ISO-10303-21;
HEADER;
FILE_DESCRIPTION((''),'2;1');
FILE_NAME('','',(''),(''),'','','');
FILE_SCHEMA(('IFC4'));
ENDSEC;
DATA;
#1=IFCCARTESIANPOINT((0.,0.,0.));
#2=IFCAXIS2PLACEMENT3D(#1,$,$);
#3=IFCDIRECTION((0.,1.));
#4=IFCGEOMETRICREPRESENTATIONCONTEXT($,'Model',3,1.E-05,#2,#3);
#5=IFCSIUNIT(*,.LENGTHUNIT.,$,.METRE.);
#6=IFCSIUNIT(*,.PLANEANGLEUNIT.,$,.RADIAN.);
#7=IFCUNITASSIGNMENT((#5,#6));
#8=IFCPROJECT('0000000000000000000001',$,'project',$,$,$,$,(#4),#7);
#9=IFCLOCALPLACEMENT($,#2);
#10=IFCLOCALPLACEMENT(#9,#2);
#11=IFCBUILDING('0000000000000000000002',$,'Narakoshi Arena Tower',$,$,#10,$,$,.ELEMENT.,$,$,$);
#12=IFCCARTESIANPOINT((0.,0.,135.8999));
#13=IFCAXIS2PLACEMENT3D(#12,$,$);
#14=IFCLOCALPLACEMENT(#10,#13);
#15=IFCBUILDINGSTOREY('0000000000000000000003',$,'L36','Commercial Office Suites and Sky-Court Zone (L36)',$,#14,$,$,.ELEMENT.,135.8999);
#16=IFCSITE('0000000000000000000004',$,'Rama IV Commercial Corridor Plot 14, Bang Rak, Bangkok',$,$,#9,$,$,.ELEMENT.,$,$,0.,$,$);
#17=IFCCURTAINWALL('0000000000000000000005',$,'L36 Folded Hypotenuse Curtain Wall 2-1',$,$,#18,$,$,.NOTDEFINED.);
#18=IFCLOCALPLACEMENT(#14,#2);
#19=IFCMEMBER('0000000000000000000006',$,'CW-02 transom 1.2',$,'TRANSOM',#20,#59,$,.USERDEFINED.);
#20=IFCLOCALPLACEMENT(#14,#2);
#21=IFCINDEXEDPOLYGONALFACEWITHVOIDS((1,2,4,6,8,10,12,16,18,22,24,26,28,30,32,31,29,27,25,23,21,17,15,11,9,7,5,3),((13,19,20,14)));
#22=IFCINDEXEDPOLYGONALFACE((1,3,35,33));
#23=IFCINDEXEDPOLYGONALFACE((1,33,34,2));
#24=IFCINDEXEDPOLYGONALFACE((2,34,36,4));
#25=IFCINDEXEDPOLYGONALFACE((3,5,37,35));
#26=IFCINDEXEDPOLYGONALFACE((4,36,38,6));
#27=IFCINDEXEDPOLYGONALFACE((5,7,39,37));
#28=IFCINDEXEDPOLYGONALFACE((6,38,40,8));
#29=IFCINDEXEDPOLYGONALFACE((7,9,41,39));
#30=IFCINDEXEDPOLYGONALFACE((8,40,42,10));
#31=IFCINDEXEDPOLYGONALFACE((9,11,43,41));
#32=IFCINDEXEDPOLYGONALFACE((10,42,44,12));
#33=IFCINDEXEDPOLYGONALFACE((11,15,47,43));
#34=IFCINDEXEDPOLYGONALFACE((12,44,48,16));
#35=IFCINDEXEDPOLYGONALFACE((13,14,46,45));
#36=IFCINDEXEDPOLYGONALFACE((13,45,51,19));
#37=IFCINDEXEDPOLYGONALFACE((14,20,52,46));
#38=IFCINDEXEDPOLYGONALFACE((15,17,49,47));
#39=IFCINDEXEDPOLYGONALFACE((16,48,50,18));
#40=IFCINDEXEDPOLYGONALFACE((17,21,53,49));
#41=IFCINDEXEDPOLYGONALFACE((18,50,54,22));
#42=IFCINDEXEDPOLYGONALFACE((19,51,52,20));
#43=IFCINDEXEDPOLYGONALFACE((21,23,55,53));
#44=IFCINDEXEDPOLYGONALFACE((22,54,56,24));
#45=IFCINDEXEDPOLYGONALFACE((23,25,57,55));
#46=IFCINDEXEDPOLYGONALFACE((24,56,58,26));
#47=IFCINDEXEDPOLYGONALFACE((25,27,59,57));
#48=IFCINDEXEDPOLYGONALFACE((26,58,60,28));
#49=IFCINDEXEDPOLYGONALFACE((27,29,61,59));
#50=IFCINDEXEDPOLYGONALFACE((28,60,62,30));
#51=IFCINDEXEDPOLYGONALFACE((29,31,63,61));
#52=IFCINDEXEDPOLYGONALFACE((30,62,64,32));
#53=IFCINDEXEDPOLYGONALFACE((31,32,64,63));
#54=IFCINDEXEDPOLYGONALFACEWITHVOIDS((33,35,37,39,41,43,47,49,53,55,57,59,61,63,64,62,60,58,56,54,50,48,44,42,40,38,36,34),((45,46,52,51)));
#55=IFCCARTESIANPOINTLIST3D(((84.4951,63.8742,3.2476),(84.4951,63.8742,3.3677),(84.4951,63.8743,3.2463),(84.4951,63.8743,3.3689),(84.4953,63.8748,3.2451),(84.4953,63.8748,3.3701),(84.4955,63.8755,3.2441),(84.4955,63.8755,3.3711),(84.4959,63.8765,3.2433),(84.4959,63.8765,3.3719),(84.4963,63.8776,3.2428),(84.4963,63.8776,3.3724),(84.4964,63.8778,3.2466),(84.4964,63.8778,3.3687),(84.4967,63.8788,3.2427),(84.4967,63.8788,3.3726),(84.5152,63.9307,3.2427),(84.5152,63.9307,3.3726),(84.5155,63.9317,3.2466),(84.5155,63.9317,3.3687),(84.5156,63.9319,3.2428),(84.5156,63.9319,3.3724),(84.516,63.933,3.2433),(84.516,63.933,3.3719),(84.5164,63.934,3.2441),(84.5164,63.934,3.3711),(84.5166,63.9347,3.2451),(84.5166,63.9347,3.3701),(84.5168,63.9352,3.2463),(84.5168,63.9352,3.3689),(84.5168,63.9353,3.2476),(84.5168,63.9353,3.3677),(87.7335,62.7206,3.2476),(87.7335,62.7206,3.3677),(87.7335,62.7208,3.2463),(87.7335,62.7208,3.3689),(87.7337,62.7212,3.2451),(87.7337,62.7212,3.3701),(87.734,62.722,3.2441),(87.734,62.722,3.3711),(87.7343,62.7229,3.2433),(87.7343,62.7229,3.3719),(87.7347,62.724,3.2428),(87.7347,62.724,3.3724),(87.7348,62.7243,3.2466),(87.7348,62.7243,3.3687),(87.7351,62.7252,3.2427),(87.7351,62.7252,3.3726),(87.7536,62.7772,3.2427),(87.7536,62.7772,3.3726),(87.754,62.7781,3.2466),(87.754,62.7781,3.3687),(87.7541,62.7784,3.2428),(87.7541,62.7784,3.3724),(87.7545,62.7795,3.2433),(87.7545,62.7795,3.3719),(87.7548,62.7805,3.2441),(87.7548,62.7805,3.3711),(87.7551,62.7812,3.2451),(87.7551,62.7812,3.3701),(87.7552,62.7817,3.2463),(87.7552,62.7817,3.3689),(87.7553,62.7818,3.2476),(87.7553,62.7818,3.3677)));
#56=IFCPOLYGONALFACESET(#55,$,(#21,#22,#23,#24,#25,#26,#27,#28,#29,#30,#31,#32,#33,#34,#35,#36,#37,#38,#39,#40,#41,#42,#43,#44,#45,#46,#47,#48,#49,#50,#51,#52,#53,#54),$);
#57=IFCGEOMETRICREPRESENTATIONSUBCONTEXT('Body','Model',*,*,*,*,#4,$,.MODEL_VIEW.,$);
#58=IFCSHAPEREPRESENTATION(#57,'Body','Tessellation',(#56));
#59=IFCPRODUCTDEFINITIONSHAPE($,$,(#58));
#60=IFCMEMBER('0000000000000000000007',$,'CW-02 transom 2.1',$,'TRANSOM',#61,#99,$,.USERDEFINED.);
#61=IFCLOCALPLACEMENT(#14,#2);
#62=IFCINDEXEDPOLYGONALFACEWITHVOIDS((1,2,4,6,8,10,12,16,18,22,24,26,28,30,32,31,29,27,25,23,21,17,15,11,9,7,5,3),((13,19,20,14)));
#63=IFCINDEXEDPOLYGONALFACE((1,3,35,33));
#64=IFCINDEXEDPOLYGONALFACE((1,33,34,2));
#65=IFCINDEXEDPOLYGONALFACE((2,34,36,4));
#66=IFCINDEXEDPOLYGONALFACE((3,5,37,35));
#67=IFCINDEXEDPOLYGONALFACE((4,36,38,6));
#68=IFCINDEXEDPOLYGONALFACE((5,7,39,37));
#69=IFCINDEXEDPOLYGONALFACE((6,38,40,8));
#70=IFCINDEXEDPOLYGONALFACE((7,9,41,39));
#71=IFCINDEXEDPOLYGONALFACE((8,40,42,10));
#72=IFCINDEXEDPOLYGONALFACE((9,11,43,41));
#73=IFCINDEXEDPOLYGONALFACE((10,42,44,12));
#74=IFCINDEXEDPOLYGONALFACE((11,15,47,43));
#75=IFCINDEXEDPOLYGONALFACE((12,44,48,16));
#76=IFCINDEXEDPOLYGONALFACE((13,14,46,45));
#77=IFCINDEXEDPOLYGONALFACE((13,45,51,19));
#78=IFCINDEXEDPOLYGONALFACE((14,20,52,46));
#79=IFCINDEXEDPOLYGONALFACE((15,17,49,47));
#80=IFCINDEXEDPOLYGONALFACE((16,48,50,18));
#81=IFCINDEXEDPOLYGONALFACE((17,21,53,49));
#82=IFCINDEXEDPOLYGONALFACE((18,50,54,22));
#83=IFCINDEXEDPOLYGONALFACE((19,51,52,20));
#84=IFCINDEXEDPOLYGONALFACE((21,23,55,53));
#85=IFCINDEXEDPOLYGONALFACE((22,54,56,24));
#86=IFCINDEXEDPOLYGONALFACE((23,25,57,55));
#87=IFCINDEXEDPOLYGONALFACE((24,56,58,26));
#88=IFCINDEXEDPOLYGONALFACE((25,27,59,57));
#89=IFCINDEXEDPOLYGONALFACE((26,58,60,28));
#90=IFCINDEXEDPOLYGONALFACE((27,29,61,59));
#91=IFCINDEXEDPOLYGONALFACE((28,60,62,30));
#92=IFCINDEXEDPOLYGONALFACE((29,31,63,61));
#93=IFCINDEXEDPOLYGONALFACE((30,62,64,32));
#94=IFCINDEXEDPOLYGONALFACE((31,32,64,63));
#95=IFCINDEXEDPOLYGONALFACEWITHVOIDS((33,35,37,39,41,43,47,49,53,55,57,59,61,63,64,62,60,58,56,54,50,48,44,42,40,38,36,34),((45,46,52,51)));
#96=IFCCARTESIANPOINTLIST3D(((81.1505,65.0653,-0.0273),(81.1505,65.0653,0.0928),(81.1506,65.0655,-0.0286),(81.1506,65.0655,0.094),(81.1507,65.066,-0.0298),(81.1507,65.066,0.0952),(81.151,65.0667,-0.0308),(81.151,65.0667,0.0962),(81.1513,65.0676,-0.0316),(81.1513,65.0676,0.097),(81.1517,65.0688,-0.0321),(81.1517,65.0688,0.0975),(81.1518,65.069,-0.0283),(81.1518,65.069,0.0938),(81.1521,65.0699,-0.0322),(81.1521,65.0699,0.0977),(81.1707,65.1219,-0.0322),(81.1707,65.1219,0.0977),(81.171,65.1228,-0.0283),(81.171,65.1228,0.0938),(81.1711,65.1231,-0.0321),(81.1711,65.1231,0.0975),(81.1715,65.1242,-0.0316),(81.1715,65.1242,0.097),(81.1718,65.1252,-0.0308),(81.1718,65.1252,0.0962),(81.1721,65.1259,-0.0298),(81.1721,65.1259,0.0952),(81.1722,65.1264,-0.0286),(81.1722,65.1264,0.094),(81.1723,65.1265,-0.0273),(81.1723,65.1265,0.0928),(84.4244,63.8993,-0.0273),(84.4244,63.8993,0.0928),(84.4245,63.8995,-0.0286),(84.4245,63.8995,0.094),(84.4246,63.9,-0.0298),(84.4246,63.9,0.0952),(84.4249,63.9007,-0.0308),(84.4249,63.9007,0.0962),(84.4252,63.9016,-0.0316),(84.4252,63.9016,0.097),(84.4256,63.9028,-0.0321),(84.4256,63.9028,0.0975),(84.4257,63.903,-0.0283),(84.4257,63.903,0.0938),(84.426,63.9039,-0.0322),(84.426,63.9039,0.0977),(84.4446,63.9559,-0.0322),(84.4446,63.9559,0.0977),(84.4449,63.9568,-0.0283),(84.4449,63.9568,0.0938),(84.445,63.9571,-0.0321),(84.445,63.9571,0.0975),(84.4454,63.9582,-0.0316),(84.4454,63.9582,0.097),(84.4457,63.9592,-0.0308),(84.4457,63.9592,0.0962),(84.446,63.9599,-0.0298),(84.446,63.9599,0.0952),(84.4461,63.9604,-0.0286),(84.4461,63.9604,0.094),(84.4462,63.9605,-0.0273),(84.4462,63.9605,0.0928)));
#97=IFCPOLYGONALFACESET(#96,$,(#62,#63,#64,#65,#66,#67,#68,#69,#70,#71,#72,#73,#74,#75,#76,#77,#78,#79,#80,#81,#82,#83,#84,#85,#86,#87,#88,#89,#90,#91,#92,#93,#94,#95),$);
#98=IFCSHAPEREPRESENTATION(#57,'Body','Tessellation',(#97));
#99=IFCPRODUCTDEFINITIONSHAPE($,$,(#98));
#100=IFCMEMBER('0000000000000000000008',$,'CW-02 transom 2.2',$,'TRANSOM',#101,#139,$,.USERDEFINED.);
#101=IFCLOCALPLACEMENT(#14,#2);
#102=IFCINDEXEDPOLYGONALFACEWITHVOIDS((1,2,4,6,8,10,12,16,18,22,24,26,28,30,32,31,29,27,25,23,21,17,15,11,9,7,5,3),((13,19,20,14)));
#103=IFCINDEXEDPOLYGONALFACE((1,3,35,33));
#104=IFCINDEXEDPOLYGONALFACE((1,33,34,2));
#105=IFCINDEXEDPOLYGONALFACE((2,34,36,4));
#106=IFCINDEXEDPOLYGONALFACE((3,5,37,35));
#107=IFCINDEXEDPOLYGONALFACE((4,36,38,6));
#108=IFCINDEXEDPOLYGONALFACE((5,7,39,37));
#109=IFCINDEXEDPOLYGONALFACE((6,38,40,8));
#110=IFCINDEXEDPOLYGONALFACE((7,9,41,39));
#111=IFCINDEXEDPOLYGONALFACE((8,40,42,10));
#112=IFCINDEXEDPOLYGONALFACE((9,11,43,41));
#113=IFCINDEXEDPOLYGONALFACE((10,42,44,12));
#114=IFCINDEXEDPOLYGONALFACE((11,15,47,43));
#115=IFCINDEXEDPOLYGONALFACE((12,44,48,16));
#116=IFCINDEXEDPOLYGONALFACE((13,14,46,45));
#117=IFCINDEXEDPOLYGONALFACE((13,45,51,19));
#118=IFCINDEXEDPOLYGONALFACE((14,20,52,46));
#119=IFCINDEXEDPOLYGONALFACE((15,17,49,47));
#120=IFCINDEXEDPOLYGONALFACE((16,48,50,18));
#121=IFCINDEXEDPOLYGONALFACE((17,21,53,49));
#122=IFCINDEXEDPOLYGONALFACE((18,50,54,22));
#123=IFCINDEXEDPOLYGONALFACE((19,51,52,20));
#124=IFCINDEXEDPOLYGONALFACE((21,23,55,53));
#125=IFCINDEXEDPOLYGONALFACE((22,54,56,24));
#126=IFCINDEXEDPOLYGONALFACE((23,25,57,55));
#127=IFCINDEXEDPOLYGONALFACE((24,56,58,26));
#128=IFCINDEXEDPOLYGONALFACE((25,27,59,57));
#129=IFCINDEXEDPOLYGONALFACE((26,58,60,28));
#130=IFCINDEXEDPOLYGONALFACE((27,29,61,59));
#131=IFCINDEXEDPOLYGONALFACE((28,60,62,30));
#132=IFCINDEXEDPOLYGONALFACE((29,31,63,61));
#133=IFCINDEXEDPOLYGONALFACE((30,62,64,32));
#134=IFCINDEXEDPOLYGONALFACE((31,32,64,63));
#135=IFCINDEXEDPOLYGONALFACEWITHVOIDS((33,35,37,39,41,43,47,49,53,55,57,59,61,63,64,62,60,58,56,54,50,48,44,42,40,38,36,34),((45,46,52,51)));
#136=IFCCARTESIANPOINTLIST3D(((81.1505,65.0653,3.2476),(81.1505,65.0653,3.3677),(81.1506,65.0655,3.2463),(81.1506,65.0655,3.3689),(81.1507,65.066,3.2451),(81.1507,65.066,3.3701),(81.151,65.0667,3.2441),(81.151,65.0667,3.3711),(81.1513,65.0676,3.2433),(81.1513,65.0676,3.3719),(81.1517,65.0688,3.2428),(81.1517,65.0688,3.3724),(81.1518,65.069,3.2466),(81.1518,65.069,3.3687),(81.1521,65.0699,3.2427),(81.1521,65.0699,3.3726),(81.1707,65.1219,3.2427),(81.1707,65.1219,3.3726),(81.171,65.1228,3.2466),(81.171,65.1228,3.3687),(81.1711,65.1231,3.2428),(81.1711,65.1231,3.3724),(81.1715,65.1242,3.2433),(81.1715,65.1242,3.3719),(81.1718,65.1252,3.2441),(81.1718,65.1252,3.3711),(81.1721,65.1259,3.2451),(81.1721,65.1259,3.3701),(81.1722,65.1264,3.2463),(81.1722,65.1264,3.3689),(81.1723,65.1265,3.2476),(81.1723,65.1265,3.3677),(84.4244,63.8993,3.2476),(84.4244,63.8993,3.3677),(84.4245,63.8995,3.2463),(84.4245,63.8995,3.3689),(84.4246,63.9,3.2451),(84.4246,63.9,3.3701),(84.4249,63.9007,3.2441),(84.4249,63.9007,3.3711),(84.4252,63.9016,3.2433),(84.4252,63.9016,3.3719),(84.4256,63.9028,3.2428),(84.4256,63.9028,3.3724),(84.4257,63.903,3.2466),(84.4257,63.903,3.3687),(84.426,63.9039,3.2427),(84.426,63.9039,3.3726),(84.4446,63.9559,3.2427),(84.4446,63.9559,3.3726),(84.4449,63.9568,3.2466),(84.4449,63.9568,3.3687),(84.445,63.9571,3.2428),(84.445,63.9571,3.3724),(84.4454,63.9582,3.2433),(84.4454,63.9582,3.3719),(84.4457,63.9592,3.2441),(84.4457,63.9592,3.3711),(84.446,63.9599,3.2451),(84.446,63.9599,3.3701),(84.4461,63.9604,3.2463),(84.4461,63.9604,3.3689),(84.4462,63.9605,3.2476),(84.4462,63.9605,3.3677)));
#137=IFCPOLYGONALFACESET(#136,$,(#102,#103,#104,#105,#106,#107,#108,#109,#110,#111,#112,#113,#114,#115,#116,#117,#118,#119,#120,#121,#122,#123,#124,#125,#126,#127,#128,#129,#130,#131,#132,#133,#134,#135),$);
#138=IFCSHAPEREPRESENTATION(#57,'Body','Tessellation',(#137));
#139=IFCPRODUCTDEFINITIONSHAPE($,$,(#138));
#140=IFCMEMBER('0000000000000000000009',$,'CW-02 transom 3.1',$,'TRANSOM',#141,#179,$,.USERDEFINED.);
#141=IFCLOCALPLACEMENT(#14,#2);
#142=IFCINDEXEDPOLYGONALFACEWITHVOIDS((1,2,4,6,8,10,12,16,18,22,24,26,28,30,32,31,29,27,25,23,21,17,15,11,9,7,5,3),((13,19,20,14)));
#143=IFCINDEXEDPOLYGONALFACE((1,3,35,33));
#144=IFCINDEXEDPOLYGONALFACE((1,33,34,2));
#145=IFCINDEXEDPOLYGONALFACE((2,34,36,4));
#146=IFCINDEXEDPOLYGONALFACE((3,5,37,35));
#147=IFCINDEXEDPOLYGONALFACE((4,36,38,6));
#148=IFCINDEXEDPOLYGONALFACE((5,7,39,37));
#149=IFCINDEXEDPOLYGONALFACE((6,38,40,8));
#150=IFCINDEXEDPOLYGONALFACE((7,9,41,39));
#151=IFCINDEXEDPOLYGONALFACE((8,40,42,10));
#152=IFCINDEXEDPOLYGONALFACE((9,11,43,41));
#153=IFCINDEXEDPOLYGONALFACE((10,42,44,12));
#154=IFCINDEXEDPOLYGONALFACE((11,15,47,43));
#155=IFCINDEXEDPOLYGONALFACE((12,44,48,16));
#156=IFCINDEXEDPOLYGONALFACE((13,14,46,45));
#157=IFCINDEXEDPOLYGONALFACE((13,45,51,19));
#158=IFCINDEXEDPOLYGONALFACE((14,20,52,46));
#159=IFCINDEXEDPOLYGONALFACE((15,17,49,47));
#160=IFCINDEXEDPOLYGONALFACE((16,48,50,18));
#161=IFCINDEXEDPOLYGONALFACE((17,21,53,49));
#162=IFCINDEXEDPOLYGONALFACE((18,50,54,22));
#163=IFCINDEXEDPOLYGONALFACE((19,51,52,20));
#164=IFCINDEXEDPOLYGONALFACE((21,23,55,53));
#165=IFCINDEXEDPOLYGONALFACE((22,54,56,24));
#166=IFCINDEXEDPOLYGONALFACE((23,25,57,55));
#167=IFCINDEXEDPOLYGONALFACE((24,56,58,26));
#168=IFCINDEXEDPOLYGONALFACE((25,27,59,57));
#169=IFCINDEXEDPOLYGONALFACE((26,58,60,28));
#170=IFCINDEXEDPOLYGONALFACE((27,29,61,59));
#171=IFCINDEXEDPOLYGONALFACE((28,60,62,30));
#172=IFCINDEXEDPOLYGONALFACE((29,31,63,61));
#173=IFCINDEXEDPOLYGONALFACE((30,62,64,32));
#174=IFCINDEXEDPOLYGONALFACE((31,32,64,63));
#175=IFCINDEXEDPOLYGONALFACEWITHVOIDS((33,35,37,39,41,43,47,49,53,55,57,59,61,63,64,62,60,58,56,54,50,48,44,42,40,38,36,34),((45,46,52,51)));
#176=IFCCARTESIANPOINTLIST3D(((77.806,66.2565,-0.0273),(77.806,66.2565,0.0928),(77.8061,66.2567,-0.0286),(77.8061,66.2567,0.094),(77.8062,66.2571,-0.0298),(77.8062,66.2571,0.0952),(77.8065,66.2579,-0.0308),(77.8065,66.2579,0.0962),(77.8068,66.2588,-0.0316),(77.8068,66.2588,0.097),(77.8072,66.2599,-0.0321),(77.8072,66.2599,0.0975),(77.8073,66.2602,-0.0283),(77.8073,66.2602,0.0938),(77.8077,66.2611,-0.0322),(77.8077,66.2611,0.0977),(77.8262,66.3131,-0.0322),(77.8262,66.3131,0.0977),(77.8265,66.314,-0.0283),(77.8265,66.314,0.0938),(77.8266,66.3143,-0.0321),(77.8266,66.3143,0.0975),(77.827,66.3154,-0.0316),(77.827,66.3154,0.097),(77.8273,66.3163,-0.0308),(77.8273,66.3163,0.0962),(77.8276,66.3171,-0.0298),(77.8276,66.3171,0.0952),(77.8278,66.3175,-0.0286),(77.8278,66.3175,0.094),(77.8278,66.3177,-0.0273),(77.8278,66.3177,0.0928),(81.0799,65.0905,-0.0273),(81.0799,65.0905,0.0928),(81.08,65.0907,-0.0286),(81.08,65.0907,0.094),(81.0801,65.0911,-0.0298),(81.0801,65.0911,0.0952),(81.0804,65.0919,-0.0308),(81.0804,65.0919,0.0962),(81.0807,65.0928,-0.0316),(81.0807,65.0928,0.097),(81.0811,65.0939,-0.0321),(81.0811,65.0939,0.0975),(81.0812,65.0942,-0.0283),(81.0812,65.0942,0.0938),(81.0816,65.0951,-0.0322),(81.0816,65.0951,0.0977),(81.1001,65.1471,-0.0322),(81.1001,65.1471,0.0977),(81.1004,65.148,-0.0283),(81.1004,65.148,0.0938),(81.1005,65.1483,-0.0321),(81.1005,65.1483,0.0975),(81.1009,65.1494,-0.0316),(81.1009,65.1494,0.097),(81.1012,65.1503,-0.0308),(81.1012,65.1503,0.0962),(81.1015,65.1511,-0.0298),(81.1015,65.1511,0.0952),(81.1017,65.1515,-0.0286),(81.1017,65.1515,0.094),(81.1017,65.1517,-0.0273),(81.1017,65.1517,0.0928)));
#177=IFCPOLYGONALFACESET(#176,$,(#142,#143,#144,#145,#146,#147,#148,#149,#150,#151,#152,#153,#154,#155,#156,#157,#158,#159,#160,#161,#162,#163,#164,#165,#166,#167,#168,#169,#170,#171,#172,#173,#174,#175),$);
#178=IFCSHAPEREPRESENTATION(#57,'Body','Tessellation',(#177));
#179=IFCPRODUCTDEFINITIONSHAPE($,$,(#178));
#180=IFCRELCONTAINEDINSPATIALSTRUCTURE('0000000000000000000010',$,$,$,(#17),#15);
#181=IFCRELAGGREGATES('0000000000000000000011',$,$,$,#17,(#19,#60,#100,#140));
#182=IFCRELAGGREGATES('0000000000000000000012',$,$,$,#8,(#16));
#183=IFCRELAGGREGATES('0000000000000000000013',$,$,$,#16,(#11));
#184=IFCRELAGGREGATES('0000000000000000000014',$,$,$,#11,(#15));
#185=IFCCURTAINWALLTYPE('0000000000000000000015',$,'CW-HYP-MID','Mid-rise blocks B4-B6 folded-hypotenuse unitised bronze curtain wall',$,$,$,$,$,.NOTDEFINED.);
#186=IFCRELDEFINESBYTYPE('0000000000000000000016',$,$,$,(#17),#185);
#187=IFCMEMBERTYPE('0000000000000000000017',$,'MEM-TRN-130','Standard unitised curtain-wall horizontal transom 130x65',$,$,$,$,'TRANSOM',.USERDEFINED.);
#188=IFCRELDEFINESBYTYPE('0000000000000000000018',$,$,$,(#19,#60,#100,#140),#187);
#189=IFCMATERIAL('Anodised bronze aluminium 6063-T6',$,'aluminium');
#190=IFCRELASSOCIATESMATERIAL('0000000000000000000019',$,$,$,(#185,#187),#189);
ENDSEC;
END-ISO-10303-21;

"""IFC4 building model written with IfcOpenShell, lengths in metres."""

from ifc_helpers import new_model, si_unit, direction, frame, origin, origin_2d, place, context, subcontext, project, spatial, hollow_rectangle, extrude, material, material_profile, profile_set, type_object, element, aggregate, save


model = new_model("IFC4")

# Units and contexts
model_context = context("Model", 3, precision=1e-05, world=origin(), true_north=direction((0.0, 1.0)))
body_context = subcontext(model_context, "Body", "Model", "MODEL_VIEW")
ifc_project = project(units=[si_unit("LENGTHUNIT", "METRE"), si_unit("PLANEANGLEUNIT", "RADIAN")], contexts=[model_context])

# Site, building, storey
site_placement = place(None, origin())
site = spatial("IfcSite", under=ifc_project, at=site_placement, Name="Rama IV Commercial Corridor Plot 14, Bang Rak, Bangkok", CompositionType="ELEMENT", RefElevation=0.0)
building_placement = place(site_placement, origin())
building = spatial("IfcBuilding", under=site, at=building_placement, Name="Narakoshi Arena Tower", CompositionType="ELEMENT")
storey_placement = place(building_placement, frame((0.0, 0.0, 135.8999)))
storey = spatial("IfcBuildingStorey", under=building, at=storey_placement, Name="L36", Description="Commercial Office Suites and Sky-Court Zone (L36)", CompositionType="ELEMENT", Elevation=135.8999)

# Shared definitions
ifc_material_1 = material(Name="Anodised bronze aluminium 6063-T6", Category="aluminium")
curtain_wall_type = type_object("IfcCurtainWallType", Name="CW-HYP-MID", Description="Mid-rise blocks B4-B6 folded-hypotenuse unitised bronze curtain wall", PredefinedType="NOTDEFINED", material=ifc_material_1)

# Curtain wall, members
curtain_wall_1_placement = place(storey_placement, origin())
curtain_wall_1 = element("IfcCurtainWall", 1, at=curtain_wall_1_placement, inside=storey, type_object=curtain_wall_type, Name="L36 Folded Hypotenuse Curtain Wall 2-1", PredefinedType="NOTDEFINED")
ifc_material_profile_1 = material_profile(ifc_material_1, hollow_rectangle(XDim=0.0649, YDim=0.1299, WallThickness=0.0039, OuterFilletRadius=0.0049, at=origin_2d()), Name="TRN130x65x4")
ifc_profile_set_1 = profile_set([ifc_material_profile_1], Name="Anodised bronze aluminium 6063-T6")
member_type_1 = type_object("IfcMemberType", Name="MEM-TRN-130", Description="Standard unitised curtain-wall horizontal transom 130x65", ElementType="TRANSOM", PredefinedType="USERDEFINED", material=ifc_profile_set_1)
member_1_placement = place(storey_placement, frame((87.7444, 62.7512, 3.3076), z_axis=(-0.942023, 0.335549, 0.0), x_axis=(-0.335549, -0.942023, 0.0)))
member_1 = element("IfcMember", 2, at=member_1_placement, type_object=member_type_1, Name="CW-02 transom 1.2", ObjectType="TRANSOM", PredefinedType="USERDEFINED", context=body_context, shape_type="SweptSolid", body=[
    extrude(hollow_rectangle(XDim=0.0649, YDim=0.1299, WallThickness=0.0039, OuterFilletRadius=0.0049, at=origin_2d()), origin(), (0.0, 0.0, 1.0), 3.4377),
])
member_2_placement = place(storey_placement, frame((84.4353, 63.9299, 0.0327), z_axis=(-0.942037, 0.335509, 0.0), x_axis=(-0.335509, -0.942037, 0.0)))
member_2 = element("IfcMember", 3, at=member_2_placement, type_object=member_type_1, Name="CW-02 transom 2.1", ObjectType="TRANSOM", PredefinedType="USERDEFINED", context=body_context, shape_type="SweptSolid", body=[
    extrude(hollow_rectangle(XDim=0.0649, YDim=0.1299, WallThickness=0.0039, OuterFilletRadius=0.0049, at=origin_2d()), origin(), (0.0, 0.0, 1.0), 3.4753),
])
member_3_placement = place(storey_placement, frame((84.4353, 63.9299, 3.3076), z_axis=(-0.942037, 0.335509, 0.0), x_axis=(-0.335509, -0.942037, 0.0)))
member_3 = element("IfcMember", 4, at=member_3_placement, type_object=member_type_1, Name="CW-02 transom 2.2", ObjectType="TRANSOM", PredefinedType="USERDEFINED", context=body_context, shape_type="SweptSolid", body=[
    extrude(hollow_rectangle(XDim=0.0649, YDim=0.1299, WallThickness=0.0039, OuterFilletRadius=0.0049, at=origin_2d()), origin(), (0.0, 0.0, 1.0), 3.4753),
])
member_4_placement = place(storey_placement, frame((81.0908, 65.1211, 0.0327), z_axis=(-0.942037, 0.335509, 0.0), x_axis=(-0.335509, -0.942037, 0.0)))
member_4 = element("IfcMember", 5, at=member_4_placement, type_object=member_type_1, Name="CW-02 transom 3.1", ObjectType="TRANSOM", PredefinedType="USERDEFINED", context=body_context, shape_type="SweptSolid", body=[
    extrude(hollow_rectangle(XDim=0.0649, YDim=0.1299, WallThickness=0.0039, OuterFilletRadius=0.0049, at=origin_2d()), origin(), (0.0, 0.0, 1.0), 3.4753),
])
aggregate(curtain_wall_1, [member_1, member_2, member_3, member_4])

save(model, "model.ifc")
